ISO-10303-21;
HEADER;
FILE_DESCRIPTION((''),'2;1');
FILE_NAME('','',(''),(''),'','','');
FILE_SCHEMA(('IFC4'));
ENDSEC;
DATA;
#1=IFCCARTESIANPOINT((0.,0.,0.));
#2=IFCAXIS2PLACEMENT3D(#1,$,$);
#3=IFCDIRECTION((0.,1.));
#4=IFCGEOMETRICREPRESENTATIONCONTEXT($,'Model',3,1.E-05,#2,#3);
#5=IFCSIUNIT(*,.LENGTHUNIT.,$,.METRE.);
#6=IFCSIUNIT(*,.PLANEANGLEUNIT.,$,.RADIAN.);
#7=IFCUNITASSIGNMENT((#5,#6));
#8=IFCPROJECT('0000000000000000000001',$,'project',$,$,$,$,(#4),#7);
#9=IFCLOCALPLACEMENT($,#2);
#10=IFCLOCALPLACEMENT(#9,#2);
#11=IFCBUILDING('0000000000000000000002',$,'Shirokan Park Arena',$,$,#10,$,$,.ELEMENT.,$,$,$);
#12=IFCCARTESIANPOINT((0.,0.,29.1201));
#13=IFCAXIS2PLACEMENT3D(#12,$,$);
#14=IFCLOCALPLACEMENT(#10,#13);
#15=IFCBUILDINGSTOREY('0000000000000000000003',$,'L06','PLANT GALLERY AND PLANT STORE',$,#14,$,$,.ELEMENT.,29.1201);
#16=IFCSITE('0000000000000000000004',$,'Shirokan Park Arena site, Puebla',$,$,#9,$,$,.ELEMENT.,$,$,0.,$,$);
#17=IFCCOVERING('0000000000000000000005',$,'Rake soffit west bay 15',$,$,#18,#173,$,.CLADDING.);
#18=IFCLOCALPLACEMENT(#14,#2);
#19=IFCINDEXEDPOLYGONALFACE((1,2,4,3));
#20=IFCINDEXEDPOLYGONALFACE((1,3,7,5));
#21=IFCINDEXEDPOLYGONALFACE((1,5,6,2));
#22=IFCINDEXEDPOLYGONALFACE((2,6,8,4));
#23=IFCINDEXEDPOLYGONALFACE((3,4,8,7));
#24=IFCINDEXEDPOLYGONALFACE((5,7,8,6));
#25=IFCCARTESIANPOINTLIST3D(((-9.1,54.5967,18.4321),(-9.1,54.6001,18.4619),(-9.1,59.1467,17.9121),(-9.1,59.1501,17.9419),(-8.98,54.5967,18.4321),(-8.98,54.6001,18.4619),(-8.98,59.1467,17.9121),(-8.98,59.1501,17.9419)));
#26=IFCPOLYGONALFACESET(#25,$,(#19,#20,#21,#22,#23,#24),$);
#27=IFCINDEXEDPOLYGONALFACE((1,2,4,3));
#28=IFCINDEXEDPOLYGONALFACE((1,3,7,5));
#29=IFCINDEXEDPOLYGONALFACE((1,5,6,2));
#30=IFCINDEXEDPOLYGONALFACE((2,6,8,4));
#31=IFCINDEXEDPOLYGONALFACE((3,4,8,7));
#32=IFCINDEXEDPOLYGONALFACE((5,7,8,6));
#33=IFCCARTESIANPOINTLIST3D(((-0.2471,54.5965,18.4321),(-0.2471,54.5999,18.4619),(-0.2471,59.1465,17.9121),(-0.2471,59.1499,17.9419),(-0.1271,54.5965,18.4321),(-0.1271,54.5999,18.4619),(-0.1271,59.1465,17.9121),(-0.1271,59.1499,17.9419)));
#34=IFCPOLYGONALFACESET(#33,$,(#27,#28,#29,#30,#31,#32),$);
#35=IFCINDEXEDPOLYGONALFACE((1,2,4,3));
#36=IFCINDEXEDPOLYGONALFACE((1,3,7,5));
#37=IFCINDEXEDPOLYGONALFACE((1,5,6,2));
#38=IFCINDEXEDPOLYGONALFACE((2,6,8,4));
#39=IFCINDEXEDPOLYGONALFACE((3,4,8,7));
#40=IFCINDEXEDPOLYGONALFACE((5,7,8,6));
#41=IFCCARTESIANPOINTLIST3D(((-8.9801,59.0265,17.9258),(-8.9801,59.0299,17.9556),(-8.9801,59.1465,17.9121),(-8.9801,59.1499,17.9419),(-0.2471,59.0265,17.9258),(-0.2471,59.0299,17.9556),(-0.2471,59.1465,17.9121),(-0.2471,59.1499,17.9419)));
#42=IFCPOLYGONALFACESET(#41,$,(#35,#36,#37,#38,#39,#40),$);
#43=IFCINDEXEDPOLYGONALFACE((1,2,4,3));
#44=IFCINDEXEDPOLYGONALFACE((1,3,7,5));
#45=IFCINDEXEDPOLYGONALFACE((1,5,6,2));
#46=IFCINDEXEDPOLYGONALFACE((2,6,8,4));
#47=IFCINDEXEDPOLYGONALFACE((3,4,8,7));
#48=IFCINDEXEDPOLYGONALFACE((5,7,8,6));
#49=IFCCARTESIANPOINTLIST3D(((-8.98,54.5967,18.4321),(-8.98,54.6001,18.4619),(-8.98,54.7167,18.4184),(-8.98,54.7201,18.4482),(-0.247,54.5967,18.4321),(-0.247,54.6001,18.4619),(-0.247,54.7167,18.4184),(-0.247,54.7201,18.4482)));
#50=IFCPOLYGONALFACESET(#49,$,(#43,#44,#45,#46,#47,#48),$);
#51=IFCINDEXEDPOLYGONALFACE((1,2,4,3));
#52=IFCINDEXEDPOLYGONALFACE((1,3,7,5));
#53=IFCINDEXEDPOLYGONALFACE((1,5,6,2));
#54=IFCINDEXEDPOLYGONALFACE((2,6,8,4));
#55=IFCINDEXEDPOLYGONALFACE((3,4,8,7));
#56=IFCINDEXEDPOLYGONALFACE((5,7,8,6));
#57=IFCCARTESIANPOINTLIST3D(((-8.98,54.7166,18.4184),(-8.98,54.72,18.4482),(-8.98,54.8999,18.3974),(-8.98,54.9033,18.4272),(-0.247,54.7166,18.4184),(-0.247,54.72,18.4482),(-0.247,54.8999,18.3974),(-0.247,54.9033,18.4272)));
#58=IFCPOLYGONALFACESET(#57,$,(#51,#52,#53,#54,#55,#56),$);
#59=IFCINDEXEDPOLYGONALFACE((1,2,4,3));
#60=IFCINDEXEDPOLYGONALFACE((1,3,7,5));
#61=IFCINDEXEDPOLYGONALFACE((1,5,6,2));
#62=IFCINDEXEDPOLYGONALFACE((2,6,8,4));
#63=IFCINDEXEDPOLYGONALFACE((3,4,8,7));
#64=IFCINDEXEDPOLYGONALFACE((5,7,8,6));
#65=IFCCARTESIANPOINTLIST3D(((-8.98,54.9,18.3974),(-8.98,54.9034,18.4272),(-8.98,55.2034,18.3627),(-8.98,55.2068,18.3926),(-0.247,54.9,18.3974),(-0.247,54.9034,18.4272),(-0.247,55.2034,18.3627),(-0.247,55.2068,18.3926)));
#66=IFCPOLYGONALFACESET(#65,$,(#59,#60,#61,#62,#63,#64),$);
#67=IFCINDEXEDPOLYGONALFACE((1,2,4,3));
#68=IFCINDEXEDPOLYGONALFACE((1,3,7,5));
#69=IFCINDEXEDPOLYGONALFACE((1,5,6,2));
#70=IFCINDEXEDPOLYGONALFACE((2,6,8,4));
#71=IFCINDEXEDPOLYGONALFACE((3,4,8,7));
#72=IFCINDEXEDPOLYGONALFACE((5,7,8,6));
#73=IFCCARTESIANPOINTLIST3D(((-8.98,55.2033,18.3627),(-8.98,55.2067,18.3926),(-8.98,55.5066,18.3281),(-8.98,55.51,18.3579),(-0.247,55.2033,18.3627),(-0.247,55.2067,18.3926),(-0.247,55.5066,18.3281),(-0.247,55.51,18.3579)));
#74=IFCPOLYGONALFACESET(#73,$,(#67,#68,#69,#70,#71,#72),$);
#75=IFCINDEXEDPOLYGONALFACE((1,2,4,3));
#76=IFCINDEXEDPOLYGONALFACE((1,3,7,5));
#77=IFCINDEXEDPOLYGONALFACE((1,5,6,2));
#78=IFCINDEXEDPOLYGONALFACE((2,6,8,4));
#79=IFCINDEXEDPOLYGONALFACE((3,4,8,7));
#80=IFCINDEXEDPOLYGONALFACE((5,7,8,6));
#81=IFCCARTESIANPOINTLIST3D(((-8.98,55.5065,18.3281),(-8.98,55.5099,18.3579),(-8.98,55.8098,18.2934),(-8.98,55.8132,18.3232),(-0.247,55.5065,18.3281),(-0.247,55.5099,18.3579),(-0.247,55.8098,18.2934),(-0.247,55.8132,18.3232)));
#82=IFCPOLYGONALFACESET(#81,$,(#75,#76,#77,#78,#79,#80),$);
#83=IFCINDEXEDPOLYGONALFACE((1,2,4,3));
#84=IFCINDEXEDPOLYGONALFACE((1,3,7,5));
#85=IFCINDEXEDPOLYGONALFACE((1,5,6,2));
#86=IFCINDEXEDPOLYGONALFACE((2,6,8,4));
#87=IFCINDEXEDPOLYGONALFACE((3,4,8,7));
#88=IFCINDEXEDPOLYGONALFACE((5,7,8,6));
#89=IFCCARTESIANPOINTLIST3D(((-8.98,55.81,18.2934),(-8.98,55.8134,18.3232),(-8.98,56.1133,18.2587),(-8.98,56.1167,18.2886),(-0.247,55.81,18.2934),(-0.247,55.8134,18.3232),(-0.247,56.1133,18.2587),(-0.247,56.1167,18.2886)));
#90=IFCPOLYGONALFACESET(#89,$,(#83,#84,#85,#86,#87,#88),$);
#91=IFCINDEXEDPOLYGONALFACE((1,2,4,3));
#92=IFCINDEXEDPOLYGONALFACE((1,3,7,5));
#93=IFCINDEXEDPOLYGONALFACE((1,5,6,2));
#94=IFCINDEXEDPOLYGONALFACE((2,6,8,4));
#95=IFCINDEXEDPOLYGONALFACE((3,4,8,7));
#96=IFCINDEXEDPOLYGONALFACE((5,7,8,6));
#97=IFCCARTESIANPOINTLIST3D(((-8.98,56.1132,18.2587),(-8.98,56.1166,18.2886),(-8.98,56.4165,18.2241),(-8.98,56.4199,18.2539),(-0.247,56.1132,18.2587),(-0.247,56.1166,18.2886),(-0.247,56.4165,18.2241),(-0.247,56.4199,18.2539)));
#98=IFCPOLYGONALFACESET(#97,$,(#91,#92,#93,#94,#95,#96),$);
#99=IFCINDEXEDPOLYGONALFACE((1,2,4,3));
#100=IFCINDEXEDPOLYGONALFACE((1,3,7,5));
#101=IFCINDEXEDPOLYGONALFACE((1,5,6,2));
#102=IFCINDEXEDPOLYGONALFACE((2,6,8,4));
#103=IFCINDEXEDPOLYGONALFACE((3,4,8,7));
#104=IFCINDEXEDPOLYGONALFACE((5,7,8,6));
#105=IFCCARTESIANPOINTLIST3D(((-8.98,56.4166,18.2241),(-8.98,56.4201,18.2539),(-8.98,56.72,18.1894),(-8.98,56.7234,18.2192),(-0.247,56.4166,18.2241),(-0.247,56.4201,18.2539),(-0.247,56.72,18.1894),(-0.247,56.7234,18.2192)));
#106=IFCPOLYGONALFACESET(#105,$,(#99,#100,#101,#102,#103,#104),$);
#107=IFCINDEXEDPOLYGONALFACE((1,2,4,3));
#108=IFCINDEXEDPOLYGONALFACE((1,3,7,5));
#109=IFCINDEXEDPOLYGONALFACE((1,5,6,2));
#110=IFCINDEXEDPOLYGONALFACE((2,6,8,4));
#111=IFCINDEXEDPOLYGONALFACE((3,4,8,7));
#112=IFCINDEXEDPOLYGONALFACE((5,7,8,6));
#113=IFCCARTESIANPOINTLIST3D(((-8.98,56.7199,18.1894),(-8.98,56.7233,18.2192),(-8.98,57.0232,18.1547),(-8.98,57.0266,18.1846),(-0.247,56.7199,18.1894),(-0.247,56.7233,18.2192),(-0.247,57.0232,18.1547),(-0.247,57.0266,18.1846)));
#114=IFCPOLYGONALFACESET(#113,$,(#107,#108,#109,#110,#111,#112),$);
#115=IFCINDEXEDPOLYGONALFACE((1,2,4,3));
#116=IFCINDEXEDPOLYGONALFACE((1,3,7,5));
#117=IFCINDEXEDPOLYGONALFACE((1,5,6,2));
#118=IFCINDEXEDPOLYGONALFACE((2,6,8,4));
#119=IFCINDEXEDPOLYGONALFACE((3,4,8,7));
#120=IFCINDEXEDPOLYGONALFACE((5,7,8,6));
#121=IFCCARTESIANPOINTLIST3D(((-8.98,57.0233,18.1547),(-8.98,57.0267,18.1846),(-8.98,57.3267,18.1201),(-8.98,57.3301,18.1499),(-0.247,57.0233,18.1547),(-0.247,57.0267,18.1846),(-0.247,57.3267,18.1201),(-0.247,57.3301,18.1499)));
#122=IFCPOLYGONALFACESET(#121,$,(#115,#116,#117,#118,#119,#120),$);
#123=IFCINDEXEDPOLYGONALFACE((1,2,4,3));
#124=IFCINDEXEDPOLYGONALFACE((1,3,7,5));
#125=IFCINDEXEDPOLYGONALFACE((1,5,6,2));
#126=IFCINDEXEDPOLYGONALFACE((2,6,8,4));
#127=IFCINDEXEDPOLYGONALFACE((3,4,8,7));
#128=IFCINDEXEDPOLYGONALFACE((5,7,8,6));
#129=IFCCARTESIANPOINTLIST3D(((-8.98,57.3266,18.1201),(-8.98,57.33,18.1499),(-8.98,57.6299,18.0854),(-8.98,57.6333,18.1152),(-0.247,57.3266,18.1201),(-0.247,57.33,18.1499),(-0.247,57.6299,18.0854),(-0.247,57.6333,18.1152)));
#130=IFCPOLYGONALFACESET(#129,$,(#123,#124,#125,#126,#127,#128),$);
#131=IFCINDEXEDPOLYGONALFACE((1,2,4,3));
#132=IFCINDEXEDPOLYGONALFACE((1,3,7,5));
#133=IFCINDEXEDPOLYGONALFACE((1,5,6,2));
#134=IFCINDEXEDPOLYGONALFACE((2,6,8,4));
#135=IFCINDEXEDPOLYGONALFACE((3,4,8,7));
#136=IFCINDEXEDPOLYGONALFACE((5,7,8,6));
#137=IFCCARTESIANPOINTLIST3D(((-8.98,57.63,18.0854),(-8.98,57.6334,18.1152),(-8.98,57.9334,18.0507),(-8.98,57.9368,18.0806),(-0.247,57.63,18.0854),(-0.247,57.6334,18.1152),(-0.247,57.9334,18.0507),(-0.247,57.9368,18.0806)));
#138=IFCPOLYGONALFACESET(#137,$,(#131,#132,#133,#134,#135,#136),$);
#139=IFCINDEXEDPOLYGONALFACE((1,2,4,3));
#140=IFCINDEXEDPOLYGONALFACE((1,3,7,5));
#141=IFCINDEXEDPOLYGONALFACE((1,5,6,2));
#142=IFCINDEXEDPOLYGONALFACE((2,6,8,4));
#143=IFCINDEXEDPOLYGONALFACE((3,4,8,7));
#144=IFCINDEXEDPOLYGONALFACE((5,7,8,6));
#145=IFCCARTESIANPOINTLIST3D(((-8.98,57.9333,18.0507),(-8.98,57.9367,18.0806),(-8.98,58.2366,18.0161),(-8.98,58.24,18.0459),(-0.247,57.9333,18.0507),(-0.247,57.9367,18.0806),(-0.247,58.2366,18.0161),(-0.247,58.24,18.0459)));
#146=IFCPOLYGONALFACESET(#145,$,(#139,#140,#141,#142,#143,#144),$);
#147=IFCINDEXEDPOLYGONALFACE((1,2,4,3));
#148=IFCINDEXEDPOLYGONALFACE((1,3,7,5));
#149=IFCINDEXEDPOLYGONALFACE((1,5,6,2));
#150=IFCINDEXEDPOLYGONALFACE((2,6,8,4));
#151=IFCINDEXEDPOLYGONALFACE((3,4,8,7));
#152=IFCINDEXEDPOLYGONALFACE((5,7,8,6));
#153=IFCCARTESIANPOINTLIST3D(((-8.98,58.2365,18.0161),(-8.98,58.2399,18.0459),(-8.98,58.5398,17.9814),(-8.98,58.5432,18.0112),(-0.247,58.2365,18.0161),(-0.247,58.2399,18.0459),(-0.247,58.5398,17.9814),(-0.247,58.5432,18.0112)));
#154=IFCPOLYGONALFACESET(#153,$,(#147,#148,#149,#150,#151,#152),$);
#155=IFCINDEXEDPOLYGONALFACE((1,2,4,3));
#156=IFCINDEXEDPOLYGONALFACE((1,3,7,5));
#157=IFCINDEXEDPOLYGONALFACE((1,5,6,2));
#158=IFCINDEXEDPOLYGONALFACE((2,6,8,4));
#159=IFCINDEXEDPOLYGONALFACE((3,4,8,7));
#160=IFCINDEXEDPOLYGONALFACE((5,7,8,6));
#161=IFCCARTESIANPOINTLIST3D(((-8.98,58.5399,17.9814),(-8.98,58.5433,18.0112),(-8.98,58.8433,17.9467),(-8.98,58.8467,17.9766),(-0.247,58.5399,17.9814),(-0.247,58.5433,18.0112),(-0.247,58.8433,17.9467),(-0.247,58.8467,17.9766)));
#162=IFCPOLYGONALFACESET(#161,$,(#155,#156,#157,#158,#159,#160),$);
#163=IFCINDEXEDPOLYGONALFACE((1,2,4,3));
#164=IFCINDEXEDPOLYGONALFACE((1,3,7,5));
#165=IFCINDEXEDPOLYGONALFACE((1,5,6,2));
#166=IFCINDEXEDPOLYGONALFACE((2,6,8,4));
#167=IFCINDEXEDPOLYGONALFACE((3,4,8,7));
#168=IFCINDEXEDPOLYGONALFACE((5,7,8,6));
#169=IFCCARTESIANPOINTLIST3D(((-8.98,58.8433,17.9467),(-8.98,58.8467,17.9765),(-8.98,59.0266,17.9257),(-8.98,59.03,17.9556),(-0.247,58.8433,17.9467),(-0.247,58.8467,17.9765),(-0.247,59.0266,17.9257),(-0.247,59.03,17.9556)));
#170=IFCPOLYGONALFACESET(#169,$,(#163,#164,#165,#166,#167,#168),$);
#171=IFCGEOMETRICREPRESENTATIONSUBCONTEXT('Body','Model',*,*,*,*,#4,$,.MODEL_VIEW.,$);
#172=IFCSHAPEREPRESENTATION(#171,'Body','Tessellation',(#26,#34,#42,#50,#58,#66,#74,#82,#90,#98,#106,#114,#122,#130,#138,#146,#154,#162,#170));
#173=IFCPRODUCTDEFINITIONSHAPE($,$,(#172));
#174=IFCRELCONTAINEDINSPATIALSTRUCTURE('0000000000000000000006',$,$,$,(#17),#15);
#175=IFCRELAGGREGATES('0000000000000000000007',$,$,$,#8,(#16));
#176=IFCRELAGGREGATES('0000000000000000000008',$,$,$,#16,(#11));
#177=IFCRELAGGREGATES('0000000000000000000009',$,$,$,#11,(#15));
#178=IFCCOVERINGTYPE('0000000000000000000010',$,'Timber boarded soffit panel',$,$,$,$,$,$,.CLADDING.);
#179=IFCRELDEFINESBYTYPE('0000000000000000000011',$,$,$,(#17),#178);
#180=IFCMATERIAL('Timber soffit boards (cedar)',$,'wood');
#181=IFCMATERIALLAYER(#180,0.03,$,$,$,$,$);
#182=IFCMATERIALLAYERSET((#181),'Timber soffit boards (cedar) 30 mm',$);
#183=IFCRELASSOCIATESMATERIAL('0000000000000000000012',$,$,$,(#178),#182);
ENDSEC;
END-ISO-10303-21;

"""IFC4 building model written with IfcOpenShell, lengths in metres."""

from ifc_helpers import new_model, si_unit, direction, frame, origin, place, context, subcontext, project, spatial, polyline, outline, extrude, material, layer, layer_set, type_object, element, save


model = new_model("IFC4")

# Units and contexts
model_context = context("Model", 3, precision=1e-05, world=origin(), true_north=direction((0.0, 1.0)))
body_context = subcontext(model_context, "Body", "Model", "MODEL_VIEW")
ifc_project = project(units=[si_unit("LENGTHUNIT", "METRE"), si_unit("PLANEANGLEUNIT", "RADIAN")], contexts=[model_context])

# Site, building, storey
site_placement = place(None, origin())
site = spatial("IfcSite", under=ifc_project, at=site_placement, Name="Shirokan Park Arena site, Puebla", CompositionType="ELEMENT", RefElevation=0.0)
building_placement = place(site_placement, origin())
building = spatial("IfcBuilding", under=site, at=building_placement, Name="Shirokan Park Arena", CompositionType="ELEMENT")
storey_placement = place(building_placement, frame((0.0, 0.0, 29.1201)))
storey = spatial("IfcBuildingStorey", under=building, at=storey_placement, Name="L06", Description="PLANT GALLERY AND PLANT STORE", CompositionType="ELEMENT", Elevation=29.1201)

# Covering
ifc_material = material(Name="Timber soffit boards (cedar)", Category="wood")
ifc_layer = layer(ifc_material, 0.03)
ifc_layer_set = layer_set([ifc_layer], Name="Timber soffit boards (cedar) 30 mm")
covering_type = type_object("IfcCoveringType", Name="Timber boarded soffit panel", PredefinedType="CLADDING", material=ifc_layer_set)
covering_1_placement = place(storey_placement, origin())
element("IfcCovering", 1, at=covering_1_placement, inside=storey, type_object=covering_type, Name="Rake soffit west bay 15", PredefinedType="CLADDING", context=body_context, shape_type="SweptSolid", body=[
    extrude(outline(polyline([(0.0, 0.0), (0.12, 0.0), (0.12, -4.5796), (0.0, -4.5796), (0.0, 0.0)])), frame((-8.98, 54.6001, 18.4619), z_axis=(0.0, 0.113547, 0.993533), x_axis=(-1.0, 0.0, 0.0)), (0.0, 0.0, -1.0), 0.03),
    extrude(outline(polyline([(0.0, 0.0), (0.12, 0.0), (0.12, -4.5796), (0.0, -4.5796), (0.0, 0.0)])), frame((-0.2471, 59.1499, 17.9419), z_axis=(0.0, 0.113547, 0.993533), x_axis=(1.0, 0.0, 0.0)), (0.0, 0.0, -1.0), 0.03),
    extrude(outline(polyline([(0.0, 0.0), (0.1208, 0.0), (0.1208, -8.733), (0.0, -8.733), (0.0, 0.0)])), frame((-0.2471, 59.1499, 17.9419), z_axis=(0.0, 0.113512, 0.993537), x_axis=(0.0, -0.993537, 0.113512)), (0.0, 0.0, -1.0), 0.03),
    extrude(outline(polyline([(0.0, 0.0), (0.1208, 0.0), (0.1208, -8.733), (0.0, -8.733), (0.0, 0.0)])), frame((-8.98, 54.6001, 18.4619), z_axis=(0.0, 0.113512, 0.993537), x_axis=(0.0, 0.993537, -0.113512)), (0.0, 0.0, -1.0), 0.03),
    extrude(outline(polyline([(0.0, 0.0), (8.733, 0.0), (8.733, -0.1845), (0.0, -0.1845), (0.0, 0.0)])), frame((-8.98, 54.9033, 18.4272), z_axis=(0.0, 0.113589, 0.993528), x_axis=(1.0, 0.0, 0.0)), (0.0, 0.0, -1.0), 0.03),
    extrude(outline(polyline([(0.0, 0.0), (8.733, 0.0), (8.733, -0.3053), (0.0, -0.3053), (0.0, 0.0)])), frame((-8.98, 55.2068, 18.3926), z_axis=(0.0, 0.113523, 0.993535), x_axis=(1.0, 0.0, 0.0)), (0.0, 0.0, -1.0), 0.03),
    extrude(outline(polyline([(0.0, 0.0), (8.733, 0.0), (8.733, -0.3053), (0.0, -0.3053), (0.0, 0.0)])), frame((-8.98, 55.51, 18.3579), z_axis=(0.0, 0.113559, 0.993531), x_axis=(1.0, 0.0, 0.0)), (0.0, 0.0, -1.0), 0.03),
    extrude(outline(polyline([(0.0, 0.0), (8.733, 0.0), (8.733, -0.3053), (0.0, -0.3053), (0.0, 0.0)])), frame((-8.98, 55.8132, 18.3232), z_axis=(0.0, 0.113559, 0.993531), x_axis=(1.0, 0.0, 0.0)), (0.0, 0.0, -1.0), 0.03),
    extrude(outline(polyline([(0.0, 0.0), (8.733, 0.0), (8.733, -0.3053), (0.0, -0.3053), (0.0, 0.0)])), frame((-8.98, 56.1167, 18.2886), z_axis=(0.0, 0.113523, 0.993535), x_axis=(1.0, 0.0, 0.0)), (0.0, 0.0, -1.0), 0.03),
    extrude(outline(polyline([(0.0, 0.0), (8.733, 0.0), (8.733, -0.3053), (0.0, -0.3053), (0.0, 0.0)])), frame((-8.98, 56.4199, 18.2539), z_axis=(0.0, 0.113559, 0.993531), x_axis=(1.0, 0.0, 0.0)), (0.0, 0.0, -1.0), 0.03),
    extrude(outline(polyline([(0.0, 0.0), (8.733, 0.0), (8.733, -0.3053), (0.0, -0.3053), (0.0, 0.0)])), frame((-8.98, 56.7234, 18.2192), z_axis=(0.0, 0.113559, 0.993531), x_axis=(1.0, 0.0, 0.0)), (0.0, 0.0, -1.0), 0.03),
    extrude(outline(polyline([(0.0, 0.0), (8.733, 0.0), (8.733, -0.3053), (0.0, -0.3053), (0.0, 0.0)])), frame((-8.98, 57.0266, 18.1846), z_axis=(0.0, 0.113523, 0.993535), x_axis=(1.0, 0.0, 0.0)), (0.0, 0.0, -1.0), 0.03),
    extrude(outline(polyline([(0.0, 0.0), (8.733, 0.0), (8.733, -0.3053), (0.0, -0.3053), (0.0, 0.0)])), frame((-8.98, 57.3301, 18.1499), z_axis=(0.0, 0.113559, 0.993531), x_axis=(1.0, 0.0, 0.0)), (0.0, 0.0, -1.0), 0.03),
    extrude(outline(polyline([(0.0, 0.0), (8.733, 0.0), (8.733, -0.3053), (0.0, -0.3053), (0.0, 0.0)])), frame((-8.98, 57.6333, 18.1152), z_axis=(0.0, 0.113559, 0.993531), x_axis=(1.0, 0.0, 0.0)), (0.0, 0.0, -1.0), 0.03),
    extrude(outline(polyline([(0.0, 0.0), (8.733, 0.0), (8.733, -0.3053), (0.0, -0.3053), (0.0, 0.0)])), frame((-8.98, 57.9368, 18.0806), z_axis=(0.0, 0.113523, 0.993535), x_axis=(1.0, 0.0, 0.0)), (0.0, 0.0, -1.0), 0.03),
    extrude(outline(polyline([(0.0, 0.0), (8.733, 0.0), (8.733, -0.3053), (0.0, -0.3053), (0.0, 0.0)])), frame((-8.98, 58.24, 18.0459), z_axis=(0.0, 0.113559, 0.993531), x_axis=(1.0, 0.0, 0.0)), (0.0, 0.0, -1.0), 0.03),
    extrude(outline(polyline([(0.0, 0.0), (8.733, 0.0), (8.733, -0.3053), (0.0, -0.3053), (0.0, 0.0)])), frame((-8.98, 58.5432, 18.0112), z_axis=(0.0, 0.113559, 0.993531), x_axis=(1.0, 0.0, 0.0)), (0.0, 0.0, -1.0), 0.03),
    extrude(outline(polyline([(0.0, 0.0), (8.733, 0.0), (8.733, -0.3053), (0.0, -0.3053), (0.0, 0.0)])), frame((-8.98, 58.8467, 17.9766), z_axis=(0.0, 0.113523, 0.993535), x_axis=(1.0, 0.0, 0.0)), (0.0, 0.0, -1.0), 0.03),
    extrude(outline(polyline([(0.0, 0.0), (8.733, 0.0), (8.733, -0.1845), (0.0, -0.1845), (0.0, 0.0)])), frame((-8.98, 59.03, 17.9556), z_axis=(0.0, 0.113589, 0.993528), x_axis=(1.0, 0.0, 0.0)), (0.0, 0.0, -1.0), 0.03),
])

save(model, "model.ifc")
